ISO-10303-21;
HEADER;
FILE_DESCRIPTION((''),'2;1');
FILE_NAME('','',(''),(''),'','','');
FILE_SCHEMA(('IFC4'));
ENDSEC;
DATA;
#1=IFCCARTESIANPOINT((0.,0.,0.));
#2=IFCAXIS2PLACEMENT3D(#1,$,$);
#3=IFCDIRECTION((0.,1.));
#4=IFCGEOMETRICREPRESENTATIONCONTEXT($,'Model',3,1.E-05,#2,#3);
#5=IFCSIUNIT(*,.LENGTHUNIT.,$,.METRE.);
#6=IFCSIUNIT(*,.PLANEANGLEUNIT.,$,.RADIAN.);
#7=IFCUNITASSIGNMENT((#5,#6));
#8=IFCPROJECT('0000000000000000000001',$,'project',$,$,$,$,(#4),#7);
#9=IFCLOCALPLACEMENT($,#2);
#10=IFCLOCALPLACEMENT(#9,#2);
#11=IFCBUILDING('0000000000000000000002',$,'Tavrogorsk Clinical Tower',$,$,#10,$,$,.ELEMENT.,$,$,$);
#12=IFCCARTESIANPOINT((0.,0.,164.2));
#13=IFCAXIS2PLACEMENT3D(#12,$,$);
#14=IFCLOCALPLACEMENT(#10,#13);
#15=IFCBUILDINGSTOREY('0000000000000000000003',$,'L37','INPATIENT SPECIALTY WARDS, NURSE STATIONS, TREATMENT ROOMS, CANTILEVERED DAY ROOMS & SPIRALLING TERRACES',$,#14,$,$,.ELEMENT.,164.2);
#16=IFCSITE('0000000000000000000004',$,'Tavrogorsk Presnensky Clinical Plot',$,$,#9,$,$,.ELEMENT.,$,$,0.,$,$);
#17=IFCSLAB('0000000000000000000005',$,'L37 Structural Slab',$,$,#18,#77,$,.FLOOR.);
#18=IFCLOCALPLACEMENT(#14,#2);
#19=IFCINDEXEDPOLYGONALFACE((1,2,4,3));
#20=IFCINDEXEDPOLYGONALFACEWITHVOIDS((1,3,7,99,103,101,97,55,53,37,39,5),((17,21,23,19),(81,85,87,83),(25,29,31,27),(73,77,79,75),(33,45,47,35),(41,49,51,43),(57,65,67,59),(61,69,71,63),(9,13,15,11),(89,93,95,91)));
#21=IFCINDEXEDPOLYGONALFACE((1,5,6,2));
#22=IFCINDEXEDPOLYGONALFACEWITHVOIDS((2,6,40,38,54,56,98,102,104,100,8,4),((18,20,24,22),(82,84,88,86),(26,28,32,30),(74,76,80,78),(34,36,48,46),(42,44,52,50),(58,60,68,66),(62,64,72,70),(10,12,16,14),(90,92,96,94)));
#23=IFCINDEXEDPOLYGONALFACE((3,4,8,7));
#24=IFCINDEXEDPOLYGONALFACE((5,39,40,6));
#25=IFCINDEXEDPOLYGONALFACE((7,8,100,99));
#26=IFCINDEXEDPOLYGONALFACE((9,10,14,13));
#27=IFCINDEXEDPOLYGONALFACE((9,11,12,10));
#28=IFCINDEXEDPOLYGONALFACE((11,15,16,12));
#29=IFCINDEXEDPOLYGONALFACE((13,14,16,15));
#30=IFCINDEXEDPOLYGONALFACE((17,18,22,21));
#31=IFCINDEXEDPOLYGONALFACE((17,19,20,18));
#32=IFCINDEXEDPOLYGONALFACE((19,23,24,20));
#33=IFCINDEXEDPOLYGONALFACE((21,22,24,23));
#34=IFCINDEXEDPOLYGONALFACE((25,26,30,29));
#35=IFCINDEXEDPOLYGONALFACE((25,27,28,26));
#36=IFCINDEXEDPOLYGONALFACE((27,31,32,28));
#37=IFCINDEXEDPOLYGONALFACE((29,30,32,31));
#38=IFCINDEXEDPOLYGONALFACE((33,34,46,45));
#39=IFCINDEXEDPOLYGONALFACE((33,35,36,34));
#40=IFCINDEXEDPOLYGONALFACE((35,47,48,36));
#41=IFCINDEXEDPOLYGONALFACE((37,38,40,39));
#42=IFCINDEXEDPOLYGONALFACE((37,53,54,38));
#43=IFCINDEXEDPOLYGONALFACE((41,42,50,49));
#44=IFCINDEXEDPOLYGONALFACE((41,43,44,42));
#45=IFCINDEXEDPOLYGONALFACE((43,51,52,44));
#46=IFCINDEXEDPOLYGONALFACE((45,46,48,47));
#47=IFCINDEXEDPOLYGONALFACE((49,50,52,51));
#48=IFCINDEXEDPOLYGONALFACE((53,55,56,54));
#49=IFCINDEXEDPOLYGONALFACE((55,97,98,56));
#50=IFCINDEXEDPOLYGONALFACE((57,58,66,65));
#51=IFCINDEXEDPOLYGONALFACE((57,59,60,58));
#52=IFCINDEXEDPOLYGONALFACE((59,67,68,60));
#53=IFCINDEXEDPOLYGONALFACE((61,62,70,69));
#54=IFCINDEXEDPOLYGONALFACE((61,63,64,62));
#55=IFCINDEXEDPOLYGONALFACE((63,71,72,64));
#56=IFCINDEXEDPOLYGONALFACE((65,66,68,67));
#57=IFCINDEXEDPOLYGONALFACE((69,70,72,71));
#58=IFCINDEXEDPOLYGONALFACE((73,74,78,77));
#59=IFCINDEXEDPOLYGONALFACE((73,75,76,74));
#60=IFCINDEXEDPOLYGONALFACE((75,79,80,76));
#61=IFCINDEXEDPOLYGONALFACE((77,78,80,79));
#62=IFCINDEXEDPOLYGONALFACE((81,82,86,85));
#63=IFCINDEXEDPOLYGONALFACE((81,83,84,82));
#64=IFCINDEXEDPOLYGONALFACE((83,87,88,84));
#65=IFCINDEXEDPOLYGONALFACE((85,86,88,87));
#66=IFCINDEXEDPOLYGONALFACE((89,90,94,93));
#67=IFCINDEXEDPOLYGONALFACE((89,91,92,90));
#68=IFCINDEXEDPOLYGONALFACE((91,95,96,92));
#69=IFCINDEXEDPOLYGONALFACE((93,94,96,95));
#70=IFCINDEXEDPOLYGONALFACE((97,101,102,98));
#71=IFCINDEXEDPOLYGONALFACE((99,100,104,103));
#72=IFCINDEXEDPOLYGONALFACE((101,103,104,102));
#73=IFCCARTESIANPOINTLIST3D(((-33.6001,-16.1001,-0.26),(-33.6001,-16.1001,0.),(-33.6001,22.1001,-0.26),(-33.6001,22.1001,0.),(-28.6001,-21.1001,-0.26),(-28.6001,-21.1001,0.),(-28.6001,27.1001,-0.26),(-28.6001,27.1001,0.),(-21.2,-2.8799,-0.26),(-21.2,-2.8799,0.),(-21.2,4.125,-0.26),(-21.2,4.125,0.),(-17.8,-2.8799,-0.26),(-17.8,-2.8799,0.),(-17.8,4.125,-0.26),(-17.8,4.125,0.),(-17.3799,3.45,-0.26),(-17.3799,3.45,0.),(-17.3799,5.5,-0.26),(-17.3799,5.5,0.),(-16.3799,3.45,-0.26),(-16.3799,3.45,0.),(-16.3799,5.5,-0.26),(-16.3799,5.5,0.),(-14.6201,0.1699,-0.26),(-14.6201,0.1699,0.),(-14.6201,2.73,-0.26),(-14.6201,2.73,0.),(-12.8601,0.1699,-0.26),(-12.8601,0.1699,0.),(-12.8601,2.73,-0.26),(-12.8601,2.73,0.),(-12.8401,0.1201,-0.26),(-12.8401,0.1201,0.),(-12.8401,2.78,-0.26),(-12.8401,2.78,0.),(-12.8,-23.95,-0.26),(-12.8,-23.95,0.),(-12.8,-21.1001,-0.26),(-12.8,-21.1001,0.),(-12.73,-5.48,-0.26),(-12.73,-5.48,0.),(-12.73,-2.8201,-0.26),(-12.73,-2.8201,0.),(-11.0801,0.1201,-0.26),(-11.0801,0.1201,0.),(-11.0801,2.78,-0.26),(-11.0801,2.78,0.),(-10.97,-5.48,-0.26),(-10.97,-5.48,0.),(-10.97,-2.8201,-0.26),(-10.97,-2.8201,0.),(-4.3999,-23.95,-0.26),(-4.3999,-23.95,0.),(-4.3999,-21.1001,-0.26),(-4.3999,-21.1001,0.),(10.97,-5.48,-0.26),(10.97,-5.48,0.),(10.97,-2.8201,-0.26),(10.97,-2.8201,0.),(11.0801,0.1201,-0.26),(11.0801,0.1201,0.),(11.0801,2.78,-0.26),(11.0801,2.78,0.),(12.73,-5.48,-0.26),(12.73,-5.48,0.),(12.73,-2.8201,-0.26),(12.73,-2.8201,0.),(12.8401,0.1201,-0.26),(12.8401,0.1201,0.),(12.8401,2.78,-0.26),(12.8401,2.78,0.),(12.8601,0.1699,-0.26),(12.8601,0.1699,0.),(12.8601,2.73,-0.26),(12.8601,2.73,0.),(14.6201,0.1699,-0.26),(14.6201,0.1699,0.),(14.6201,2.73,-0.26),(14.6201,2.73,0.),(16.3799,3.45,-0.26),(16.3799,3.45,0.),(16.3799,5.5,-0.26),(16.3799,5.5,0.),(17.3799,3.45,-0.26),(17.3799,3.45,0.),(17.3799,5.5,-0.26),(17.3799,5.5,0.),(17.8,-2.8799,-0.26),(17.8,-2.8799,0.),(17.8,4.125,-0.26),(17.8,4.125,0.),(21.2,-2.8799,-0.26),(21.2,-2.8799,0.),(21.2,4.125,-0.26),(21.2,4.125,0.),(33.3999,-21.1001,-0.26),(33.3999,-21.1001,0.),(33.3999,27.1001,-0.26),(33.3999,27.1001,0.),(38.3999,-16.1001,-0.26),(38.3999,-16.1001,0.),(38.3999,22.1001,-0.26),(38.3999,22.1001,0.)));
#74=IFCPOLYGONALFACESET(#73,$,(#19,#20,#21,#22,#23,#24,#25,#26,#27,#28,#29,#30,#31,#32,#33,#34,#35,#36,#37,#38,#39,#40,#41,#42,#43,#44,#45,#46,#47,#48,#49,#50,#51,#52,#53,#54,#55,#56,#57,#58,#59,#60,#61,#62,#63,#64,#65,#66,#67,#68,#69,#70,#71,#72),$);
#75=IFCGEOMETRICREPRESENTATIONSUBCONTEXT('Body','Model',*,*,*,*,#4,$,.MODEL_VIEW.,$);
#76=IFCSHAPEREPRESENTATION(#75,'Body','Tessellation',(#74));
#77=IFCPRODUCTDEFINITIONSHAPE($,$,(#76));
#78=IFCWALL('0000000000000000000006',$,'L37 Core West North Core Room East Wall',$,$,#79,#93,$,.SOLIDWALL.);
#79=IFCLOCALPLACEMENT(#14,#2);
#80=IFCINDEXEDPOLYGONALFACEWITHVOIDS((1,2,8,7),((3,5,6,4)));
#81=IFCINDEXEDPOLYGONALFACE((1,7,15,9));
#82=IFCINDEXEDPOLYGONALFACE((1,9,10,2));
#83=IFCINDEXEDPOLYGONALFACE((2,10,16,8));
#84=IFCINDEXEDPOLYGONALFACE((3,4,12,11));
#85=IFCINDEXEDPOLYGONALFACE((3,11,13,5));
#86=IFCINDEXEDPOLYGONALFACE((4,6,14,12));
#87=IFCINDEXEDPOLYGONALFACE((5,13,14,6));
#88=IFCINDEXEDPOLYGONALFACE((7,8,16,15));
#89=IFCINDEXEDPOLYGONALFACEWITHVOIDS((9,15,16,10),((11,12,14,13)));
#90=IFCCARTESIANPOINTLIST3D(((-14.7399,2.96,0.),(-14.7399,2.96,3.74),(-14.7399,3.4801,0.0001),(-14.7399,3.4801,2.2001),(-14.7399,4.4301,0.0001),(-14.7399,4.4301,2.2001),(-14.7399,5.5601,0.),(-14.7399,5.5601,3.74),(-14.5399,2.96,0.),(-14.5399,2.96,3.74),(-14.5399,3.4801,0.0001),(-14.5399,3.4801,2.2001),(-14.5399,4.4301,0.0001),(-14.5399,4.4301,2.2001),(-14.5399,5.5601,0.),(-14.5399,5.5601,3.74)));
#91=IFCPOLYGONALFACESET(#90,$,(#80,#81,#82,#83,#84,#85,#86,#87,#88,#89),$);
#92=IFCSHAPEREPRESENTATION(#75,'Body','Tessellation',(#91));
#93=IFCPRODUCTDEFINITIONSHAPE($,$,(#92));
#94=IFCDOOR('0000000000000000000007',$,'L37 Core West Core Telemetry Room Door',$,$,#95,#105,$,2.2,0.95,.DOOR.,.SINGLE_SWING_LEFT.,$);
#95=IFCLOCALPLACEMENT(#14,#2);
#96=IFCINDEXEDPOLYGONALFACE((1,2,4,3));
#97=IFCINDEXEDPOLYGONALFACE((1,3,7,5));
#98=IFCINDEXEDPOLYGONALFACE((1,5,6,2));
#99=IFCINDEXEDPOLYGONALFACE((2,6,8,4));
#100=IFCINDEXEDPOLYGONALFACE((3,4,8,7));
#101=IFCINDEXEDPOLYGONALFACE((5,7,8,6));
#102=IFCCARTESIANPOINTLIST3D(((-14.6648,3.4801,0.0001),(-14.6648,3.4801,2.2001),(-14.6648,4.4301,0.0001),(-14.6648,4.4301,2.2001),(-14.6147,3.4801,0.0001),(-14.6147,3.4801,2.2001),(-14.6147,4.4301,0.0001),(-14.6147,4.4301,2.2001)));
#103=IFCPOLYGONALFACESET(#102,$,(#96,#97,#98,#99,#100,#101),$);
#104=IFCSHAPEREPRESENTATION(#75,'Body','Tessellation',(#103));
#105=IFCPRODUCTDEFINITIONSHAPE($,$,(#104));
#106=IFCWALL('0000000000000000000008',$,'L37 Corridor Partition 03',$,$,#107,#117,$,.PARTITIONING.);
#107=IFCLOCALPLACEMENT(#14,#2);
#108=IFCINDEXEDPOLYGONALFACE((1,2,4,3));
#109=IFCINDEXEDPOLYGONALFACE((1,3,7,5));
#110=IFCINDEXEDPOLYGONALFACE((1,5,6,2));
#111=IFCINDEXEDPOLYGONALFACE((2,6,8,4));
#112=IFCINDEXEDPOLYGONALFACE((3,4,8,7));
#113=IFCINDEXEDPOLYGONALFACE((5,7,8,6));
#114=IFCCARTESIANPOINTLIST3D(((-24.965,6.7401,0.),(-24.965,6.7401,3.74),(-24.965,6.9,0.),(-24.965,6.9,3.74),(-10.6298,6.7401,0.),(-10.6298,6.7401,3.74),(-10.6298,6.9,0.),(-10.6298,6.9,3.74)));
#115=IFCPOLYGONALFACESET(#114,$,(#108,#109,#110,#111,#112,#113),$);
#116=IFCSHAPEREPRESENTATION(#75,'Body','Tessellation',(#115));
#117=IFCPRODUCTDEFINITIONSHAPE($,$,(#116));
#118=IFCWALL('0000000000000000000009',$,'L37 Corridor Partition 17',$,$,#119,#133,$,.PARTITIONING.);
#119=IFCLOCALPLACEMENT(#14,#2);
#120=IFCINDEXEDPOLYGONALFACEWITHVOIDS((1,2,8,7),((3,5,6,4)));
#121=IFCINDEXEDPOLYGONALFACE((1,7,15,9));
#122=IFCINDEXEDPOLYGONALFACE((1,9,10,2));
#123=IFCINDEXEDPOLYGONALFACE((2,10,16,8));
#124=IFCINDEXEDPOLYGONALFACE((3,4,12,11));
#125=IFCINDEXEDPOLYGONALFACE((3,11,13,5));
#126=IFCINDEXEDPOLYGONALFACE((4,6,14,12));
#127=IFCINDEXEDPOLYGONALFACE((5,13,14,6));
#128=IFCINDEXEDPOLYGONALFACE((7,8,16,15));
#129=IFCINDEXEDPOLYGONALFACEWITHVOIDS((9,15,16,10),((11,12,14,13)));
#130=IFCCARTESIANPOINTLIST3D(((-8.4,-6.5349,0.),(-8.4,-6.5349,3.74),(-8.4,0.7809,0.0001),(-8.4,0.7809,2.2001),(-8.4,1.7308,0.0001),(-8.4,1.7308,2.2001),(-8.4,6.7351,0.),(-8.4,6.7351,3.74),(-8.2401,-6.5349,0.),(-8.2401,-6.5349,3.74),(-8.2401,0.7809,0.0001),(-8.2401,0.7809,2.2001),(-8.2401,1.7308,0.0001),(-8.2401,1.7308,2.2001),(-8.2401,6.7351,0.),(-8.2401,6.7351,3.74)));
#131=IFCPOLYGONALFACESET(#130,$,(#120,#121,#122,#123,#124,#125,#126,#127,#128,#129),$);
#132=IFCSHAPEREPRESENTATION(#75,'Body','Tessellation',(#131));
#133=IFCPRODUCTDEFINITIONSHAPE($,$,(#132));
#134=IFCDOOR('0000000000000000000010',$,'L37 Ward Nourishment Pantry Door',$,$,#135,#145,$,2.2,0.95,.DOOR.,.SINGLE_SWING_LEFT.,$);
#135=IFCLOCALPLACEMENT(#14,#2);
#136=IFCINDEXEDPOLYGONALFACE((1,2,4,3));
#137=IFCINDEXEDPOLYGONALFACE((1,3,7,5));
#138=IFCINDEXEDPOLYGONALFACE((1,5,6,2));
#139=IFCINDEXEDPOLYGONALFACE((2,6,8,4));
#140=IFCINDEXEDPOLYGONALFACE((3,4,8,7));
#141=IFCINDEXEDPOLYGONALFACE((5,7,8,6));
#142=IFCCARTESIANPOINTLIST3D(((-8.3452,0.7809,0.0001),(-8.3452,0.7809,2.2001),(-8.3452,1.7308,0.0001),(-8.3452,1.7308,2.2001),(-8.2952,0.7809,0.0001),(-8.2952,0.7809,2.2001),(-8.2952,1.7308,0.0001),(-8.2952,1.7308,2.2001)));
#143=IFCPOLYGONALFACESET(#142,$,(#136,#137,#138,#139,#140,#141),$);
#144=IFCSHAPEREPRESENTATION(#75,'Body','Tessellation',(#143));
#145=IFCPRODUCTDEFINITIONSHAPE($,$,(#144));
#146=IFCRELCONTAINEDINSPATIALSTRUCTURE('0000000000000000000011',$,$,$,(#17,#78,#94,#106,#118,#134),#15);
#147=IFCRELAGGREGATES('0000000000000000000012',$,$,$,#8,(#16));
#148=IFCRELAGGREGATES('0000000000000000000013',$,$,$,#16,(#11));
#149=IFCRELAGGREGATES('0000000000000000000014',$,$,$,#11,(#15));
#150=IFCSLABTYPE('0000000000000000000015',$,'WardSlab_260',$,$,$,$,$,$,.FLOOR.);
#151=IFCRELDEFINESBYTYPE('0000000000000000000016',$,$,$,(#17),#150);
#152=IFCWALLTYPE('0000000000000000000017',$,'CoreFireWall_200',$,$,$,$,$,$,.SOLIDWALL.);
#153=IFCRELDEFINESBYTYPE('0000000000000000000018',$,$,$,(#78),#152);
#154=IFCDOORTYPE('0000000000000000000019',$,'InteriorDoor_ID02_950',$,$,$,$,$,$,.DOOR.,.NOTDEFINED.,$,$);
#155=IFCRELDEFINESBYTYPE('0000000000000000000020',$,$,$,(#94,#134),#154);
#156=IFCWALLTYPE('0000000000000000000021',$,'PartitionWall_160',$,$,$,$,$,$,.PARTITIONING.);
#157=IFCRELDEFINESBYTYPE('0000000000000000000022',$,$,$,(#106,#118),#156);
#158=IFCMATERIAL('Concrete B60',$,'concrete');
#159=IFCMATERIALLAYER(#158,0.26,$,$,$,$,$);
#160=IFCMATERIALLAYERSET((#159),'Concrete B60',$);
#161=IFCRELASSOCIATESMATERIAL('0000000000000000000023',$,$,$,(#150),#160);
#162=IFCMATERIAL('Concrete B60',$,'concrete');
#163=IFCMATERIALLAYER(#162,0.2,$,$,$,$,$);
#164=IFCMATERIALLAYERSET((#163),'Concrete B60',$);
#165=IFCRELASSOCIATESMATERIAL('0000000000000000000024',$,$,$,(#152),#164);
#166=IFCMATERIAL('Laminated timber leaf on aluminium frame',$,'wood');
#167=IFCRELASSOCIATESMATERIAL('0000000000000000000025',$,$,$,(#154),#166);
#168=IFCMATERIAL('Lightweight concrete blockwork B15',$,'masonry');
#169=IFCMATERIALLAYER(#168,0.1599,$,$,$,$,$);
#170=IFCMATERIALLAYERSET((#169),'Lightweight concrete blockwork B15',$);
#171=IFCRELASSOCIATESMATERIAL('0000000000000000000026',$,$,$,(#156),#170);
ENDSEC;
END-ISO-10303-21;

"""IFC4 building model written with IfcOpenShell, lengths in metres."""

from ifc_helpers import new_model, si_unit, direction, frame, frame_2d, origin, place, context, subcontext, project, spatial, polyline, rectangle, outline, extrude, material, layer, layer_set, type_object, element, fill, save


model = new_model("IFC4")

# Units and contexts
model_context = context("Model", 3, precision=1e-05, world=origin(), true_north=direction((0.0, 1.0)))
body_context = subcontext(model_context, "Body", "Model", "MODEL_VIEW")
ifc_project = project(units=[si_unit("LENGTHUNIT", "METRE"), si_unit("PLANEANGLEUNIT", "RADIAN")], contexts=[model_context])

# Site, building, storey
site_placement = place(None, origin())
site = spatial("IfcSite", under=ifc_project, at=site_placement, Name="Tavrogorsk Presnensky Clinical Plot", CompositionType="ELEMENT", RefElevation=0.0)
building_placement = place(site_placement, origin())
building = spatial("IfcBuilding", under=site, at=building_placement, Name="Tavrogorsk Clinical Tower", CompositionType="ELEMENT")
storey_placement = place(building_placement, frame((0.0, 0.0, 164.2)))
storey = spatial("IfcBuildingStorey", under=building, at=storey_placement, Name="L37", Description="INPATIENT SPECIALTY WARDS, NURSE STATIONS, TREATMENT ROOMS, CANTILEVERED DAY ROOMS & SPIRALLING TERRACES", CompositionType="ELEMENT", Elevation=164.2)

# Slab
ifc_material_1 = material(Name="Concrete B60", Category="concrete")
ifc_layer_1 = layer(ifc_material_1, 0.26)
ifc_layer_set_1 = layer_set([ifc_layer_1], Name="Concrete B60")
slab_type_1 = type_object("IfcSlabType", Name="WardSlab_260", PredefinedType="FLOOR", material=ifc_layer_set_1)
slab_1_placement = place(storey_placement, frame((0.0, 0.0, -0.26)))
element("IfcSlab", 1, at=slab_1_placement, inside=storey, type_object=slab_type_1, Name="L37 Structural Slab", PredefinedType="FLOOR", context=body_context, shape_type="SweptSolid", body=[
    extrude(outline(polyline([(-28.6001, -21.1001), (-33.6001, -16.1001), (-33.6001, 22.1001), (-28.6001, 27.1001), (33.3999, 27.1001), (38.3999, 22.1001), (38.3999, -16.1001), (33.3999, -21.1001), (-4.3999, -21.1001), (-4.3999, -23.95), (-12.8, -23.95), (-12.8, -21.1001), (-28.6001, -21.1001)]), holes=[polyline([(-17.8, -2.8799), (-17.8, 4.125), (-21.2, 4.125), (-21.2, -2.8799), (-17.8, -2.8799)]), polyline([(21.2, -2.8799), (21.2, 4.125), (17.8, 4.125), (17.8, -2.8799), (21.2, -2.8799)]), polyline([(-14.6201, 0.1699), (-12.8601, 0.1699), (-12.8601, 2.73), (-14.6201, 2.73), (-14.6201, 0.1699)]), polyline([(-12.73, -5.48), (-10.97, -5.48), (-10.97, -2.8201), (-12.73, -2.8201), (-12.73, -5.48)]), polyline([(-12.8401, 0.1201), (-11.0801, 0.1201), (-11.0801, 2.78), (-12.8401, 2.78), (-12.8401, 0.1201)]), polyline([(12.8601, 0.1699), (14.6201, 0.1699), (14.6201, 2.73), (12.8601, 2.73), (12.8601, 0.1699)]), polyline([(10.97, -5.48), (12.73, -5.48), (12.73, -2.8201), (10.97, -2.8201), (10.97, -5.48)]), polyline([(11.0801, 0.1201), (12.8401, 0.1201), (12.8401, 2.78), (11.0801, 2.78), (11.0801, 0.1201)]), polyline([(-17.3799, 3.45), (-16.3799, 3.45), (-16.3799, 5.5), (-17.3799, 5.5), (-17.3799, 3.45)]), polyline([(16.3799, 3.45), (17.3799, 3.45), (17.3799, 5.5), (16.3799, 5.5), (16.3799, 3.45)])]), origin(), (0.0, 0.0, 1.0), 0.26),
])

# Wall, opening, door
ifc_material_2 = material(Name="Concrete B60", Category="concrete")
ifc_layer_2 = layer(ifc_material_2, 0.2)
ifc_layer_set_2 = layer_set([ifc_layer_2], Name="Concrete B60")
wall_type_1 = type_object("IfcWallType", Name="CoreFireWall_200", PredefinedType="SOLIDWALL", material=ifc_layer_set_2)
wall_1_placement = place(storey_placement, frame((-14.6399, 2.96, 0.0), z_axis=(0.0, 0.0, 1.0), x_axis=(0.0, 1.0, 0.0)))
wall_1 = element("IfcWall", 2, at=wall_1_placement, inside=storey, type_object=wall_type_1, Name="L37 Core West North Core Room East Wall", PredefinedType="SOLIDWALL", context=body_context, shape_type="SweptSolid", body=[
    extrude(rectangle(XDim=2.6001, YDim=0.2, at=frame_2d((1.3, 0.0))), origin(), (0.0, 0.0, 1.0), 3.74),
])
opening_1_placement = place(wall_1_placement, frame((0.52, 0.0, 0.0)))
opening_1 = element("IfcOpeningElement", 3, at=opening_1_placement, cuts=wall_1, PredefinedType="OPENING", context=body_context, shape_type="SweptSolid", body=[
    extrude(rectangle(XDim=0.95, YDim=2.2, at=frame_2d((0.4751, 1.1001))), frame((0.0, 0.1099, 0.0), z_axis=(0.0, -1.0, 0.0), x_axis=(1.0, 0.0, 0.0)), (0.0, 0.0, 1.0), 0.22),
])
ifc_material_3 = material(Name="Laminated timber leaf on aluminium frame", Category="wood")
door_type_1 = type_object("IfcDoorType", Name="InteriorDoor_ID02_950", OperationType="NOTDEFINED", PredefinedType="DOOR", material=ifc_material_3)
door_1_placement = place(opening_1_placement, origin())
door_1 = element("IfcDoor", 4, at=door_1_placement, inside=storey, type_object=door_type_1, Name="L37 Core West Core Telemetry Room Door", OperationType="SINGLE_SWING_LEFT", OverallHeight=2.2, OverallWidth=0.95, PredefinedType="DOOR", context=body_context, shape_type="SweptSolid", body=[
    extrude(rectangle(XDim=0.95, YDim=2.2, at=frame_2d((0.4751, 1.1001))), frame((0.0, 0.0249, 0.0), z_axis=(0.0, -1.0, 0.0), x_axis=(1.0, 0.0, 0.0)), (0.0, 0.0, 1.0), 0.05),
])
fill(opening_1, door_1)

# Wall
ifc_material_4 = material(Name="Lightweight concrete blockwork B15", Category="masonry")
ifc_layer_3 = layer(ifc_material_4, 0.1599)
ifc_layer_set_3 = layer_set([ifc_layer_3], Name="Lightweight concrete blockwork B15")
wall_type_2 = type_object("IfcWallType", Name="PartitionWall_160", PredefinedType="PARTITIONING", material=ifc_layer_set_3)
wall_2_placement = place(storey_placement, frame((-10.6299, 6.8201, 0.0), z_axis=(0.0, 0.0, 1.0), x_axis=(-1.0, 0.0, 0.0)))
element("IfcWall", 5, at=wall_2_placement, inside=storey, type_object=wall_type_2, Name="L37 Corridor Partition 03", PredefinedType="PARTITIONING", context=body_context, shape_type="SweptSolid", body=[
    extrude(rectangle(XDim=14.3352, YDim=0.1599, at=frame_2d((7.1675, 0.0))), origin(), (0.0, 0.0, 1.0), 3.74),
])

# Wall, opening, door
wall_3_placement = place(storey_placement, frame((-8.3201, 6.7351, 0.0), z_axis=(0.0, 0.0, 1.0), x_axis=(0.0, -1.0, 0.0)))
wall_3 = element("IfcWall", 6, at=wall_3_placement, inside=storey, type_object=wall_type_2, Name="L37 Corridor Partition 17", PredefinedType="PARTITIONING", context=body_context, shape_type="SweptSolid", body=[
    extrude(rectangle(XDim=13.27, YDim=0.1599, at=frame_2d((6.635, 0.0))), origin(), (0.0, 0.0, 1.0), 3.74),
])
opening_2_placement = place(wall_3_placement, frame((5.0042, 0.0, 0.0)))
opening_2 = element("IfcOpeningElement", 7, at=opening_2_placement, cuts=wall_3, PredefinedType="OPENING", context=body_context, shape_type="SweptSolid", body=[
    extrude(rectangle(XDim=0.95, YDim=2.2, at=frame_2d((0.4751, 1.1001))), frame((0.0, 0.0898, 0.0), z_axis=(0.0, -1.0, 0.0), x_axis=(1.0, 0.0, 0.0)), (0.0, 0.0, 1.0), 0.1799),
])
door_2_placement = place(opening_2_placement, origin())
door_2 = element("IfcDoor", 8, at=door_2_placement, inside=storey, type_object=door_type_1, Name="L37 Ward Nourishment Pantry Door", OperationType="SINGLE_SWING_LEFT", OverallHeight=2.2, OverallWidth=0.95, PredefinedType="DOOR", context=body_context, shape_type="SweptSolid", body=[
    extrude(rectangle(XDim=0.95, YDim=2.2, at=frame_2d((0.4751, 1.1001))), frame((0.0, 0.0249, 0.0), z_axis=(0.0, -1.0, 0.0), x_axis=(1.0, 0.0, 0.0)), (0.0, 0.0, 1.0), 0.05),
])
fill(opening_2, door_2)

save(model, "model.ifc")
